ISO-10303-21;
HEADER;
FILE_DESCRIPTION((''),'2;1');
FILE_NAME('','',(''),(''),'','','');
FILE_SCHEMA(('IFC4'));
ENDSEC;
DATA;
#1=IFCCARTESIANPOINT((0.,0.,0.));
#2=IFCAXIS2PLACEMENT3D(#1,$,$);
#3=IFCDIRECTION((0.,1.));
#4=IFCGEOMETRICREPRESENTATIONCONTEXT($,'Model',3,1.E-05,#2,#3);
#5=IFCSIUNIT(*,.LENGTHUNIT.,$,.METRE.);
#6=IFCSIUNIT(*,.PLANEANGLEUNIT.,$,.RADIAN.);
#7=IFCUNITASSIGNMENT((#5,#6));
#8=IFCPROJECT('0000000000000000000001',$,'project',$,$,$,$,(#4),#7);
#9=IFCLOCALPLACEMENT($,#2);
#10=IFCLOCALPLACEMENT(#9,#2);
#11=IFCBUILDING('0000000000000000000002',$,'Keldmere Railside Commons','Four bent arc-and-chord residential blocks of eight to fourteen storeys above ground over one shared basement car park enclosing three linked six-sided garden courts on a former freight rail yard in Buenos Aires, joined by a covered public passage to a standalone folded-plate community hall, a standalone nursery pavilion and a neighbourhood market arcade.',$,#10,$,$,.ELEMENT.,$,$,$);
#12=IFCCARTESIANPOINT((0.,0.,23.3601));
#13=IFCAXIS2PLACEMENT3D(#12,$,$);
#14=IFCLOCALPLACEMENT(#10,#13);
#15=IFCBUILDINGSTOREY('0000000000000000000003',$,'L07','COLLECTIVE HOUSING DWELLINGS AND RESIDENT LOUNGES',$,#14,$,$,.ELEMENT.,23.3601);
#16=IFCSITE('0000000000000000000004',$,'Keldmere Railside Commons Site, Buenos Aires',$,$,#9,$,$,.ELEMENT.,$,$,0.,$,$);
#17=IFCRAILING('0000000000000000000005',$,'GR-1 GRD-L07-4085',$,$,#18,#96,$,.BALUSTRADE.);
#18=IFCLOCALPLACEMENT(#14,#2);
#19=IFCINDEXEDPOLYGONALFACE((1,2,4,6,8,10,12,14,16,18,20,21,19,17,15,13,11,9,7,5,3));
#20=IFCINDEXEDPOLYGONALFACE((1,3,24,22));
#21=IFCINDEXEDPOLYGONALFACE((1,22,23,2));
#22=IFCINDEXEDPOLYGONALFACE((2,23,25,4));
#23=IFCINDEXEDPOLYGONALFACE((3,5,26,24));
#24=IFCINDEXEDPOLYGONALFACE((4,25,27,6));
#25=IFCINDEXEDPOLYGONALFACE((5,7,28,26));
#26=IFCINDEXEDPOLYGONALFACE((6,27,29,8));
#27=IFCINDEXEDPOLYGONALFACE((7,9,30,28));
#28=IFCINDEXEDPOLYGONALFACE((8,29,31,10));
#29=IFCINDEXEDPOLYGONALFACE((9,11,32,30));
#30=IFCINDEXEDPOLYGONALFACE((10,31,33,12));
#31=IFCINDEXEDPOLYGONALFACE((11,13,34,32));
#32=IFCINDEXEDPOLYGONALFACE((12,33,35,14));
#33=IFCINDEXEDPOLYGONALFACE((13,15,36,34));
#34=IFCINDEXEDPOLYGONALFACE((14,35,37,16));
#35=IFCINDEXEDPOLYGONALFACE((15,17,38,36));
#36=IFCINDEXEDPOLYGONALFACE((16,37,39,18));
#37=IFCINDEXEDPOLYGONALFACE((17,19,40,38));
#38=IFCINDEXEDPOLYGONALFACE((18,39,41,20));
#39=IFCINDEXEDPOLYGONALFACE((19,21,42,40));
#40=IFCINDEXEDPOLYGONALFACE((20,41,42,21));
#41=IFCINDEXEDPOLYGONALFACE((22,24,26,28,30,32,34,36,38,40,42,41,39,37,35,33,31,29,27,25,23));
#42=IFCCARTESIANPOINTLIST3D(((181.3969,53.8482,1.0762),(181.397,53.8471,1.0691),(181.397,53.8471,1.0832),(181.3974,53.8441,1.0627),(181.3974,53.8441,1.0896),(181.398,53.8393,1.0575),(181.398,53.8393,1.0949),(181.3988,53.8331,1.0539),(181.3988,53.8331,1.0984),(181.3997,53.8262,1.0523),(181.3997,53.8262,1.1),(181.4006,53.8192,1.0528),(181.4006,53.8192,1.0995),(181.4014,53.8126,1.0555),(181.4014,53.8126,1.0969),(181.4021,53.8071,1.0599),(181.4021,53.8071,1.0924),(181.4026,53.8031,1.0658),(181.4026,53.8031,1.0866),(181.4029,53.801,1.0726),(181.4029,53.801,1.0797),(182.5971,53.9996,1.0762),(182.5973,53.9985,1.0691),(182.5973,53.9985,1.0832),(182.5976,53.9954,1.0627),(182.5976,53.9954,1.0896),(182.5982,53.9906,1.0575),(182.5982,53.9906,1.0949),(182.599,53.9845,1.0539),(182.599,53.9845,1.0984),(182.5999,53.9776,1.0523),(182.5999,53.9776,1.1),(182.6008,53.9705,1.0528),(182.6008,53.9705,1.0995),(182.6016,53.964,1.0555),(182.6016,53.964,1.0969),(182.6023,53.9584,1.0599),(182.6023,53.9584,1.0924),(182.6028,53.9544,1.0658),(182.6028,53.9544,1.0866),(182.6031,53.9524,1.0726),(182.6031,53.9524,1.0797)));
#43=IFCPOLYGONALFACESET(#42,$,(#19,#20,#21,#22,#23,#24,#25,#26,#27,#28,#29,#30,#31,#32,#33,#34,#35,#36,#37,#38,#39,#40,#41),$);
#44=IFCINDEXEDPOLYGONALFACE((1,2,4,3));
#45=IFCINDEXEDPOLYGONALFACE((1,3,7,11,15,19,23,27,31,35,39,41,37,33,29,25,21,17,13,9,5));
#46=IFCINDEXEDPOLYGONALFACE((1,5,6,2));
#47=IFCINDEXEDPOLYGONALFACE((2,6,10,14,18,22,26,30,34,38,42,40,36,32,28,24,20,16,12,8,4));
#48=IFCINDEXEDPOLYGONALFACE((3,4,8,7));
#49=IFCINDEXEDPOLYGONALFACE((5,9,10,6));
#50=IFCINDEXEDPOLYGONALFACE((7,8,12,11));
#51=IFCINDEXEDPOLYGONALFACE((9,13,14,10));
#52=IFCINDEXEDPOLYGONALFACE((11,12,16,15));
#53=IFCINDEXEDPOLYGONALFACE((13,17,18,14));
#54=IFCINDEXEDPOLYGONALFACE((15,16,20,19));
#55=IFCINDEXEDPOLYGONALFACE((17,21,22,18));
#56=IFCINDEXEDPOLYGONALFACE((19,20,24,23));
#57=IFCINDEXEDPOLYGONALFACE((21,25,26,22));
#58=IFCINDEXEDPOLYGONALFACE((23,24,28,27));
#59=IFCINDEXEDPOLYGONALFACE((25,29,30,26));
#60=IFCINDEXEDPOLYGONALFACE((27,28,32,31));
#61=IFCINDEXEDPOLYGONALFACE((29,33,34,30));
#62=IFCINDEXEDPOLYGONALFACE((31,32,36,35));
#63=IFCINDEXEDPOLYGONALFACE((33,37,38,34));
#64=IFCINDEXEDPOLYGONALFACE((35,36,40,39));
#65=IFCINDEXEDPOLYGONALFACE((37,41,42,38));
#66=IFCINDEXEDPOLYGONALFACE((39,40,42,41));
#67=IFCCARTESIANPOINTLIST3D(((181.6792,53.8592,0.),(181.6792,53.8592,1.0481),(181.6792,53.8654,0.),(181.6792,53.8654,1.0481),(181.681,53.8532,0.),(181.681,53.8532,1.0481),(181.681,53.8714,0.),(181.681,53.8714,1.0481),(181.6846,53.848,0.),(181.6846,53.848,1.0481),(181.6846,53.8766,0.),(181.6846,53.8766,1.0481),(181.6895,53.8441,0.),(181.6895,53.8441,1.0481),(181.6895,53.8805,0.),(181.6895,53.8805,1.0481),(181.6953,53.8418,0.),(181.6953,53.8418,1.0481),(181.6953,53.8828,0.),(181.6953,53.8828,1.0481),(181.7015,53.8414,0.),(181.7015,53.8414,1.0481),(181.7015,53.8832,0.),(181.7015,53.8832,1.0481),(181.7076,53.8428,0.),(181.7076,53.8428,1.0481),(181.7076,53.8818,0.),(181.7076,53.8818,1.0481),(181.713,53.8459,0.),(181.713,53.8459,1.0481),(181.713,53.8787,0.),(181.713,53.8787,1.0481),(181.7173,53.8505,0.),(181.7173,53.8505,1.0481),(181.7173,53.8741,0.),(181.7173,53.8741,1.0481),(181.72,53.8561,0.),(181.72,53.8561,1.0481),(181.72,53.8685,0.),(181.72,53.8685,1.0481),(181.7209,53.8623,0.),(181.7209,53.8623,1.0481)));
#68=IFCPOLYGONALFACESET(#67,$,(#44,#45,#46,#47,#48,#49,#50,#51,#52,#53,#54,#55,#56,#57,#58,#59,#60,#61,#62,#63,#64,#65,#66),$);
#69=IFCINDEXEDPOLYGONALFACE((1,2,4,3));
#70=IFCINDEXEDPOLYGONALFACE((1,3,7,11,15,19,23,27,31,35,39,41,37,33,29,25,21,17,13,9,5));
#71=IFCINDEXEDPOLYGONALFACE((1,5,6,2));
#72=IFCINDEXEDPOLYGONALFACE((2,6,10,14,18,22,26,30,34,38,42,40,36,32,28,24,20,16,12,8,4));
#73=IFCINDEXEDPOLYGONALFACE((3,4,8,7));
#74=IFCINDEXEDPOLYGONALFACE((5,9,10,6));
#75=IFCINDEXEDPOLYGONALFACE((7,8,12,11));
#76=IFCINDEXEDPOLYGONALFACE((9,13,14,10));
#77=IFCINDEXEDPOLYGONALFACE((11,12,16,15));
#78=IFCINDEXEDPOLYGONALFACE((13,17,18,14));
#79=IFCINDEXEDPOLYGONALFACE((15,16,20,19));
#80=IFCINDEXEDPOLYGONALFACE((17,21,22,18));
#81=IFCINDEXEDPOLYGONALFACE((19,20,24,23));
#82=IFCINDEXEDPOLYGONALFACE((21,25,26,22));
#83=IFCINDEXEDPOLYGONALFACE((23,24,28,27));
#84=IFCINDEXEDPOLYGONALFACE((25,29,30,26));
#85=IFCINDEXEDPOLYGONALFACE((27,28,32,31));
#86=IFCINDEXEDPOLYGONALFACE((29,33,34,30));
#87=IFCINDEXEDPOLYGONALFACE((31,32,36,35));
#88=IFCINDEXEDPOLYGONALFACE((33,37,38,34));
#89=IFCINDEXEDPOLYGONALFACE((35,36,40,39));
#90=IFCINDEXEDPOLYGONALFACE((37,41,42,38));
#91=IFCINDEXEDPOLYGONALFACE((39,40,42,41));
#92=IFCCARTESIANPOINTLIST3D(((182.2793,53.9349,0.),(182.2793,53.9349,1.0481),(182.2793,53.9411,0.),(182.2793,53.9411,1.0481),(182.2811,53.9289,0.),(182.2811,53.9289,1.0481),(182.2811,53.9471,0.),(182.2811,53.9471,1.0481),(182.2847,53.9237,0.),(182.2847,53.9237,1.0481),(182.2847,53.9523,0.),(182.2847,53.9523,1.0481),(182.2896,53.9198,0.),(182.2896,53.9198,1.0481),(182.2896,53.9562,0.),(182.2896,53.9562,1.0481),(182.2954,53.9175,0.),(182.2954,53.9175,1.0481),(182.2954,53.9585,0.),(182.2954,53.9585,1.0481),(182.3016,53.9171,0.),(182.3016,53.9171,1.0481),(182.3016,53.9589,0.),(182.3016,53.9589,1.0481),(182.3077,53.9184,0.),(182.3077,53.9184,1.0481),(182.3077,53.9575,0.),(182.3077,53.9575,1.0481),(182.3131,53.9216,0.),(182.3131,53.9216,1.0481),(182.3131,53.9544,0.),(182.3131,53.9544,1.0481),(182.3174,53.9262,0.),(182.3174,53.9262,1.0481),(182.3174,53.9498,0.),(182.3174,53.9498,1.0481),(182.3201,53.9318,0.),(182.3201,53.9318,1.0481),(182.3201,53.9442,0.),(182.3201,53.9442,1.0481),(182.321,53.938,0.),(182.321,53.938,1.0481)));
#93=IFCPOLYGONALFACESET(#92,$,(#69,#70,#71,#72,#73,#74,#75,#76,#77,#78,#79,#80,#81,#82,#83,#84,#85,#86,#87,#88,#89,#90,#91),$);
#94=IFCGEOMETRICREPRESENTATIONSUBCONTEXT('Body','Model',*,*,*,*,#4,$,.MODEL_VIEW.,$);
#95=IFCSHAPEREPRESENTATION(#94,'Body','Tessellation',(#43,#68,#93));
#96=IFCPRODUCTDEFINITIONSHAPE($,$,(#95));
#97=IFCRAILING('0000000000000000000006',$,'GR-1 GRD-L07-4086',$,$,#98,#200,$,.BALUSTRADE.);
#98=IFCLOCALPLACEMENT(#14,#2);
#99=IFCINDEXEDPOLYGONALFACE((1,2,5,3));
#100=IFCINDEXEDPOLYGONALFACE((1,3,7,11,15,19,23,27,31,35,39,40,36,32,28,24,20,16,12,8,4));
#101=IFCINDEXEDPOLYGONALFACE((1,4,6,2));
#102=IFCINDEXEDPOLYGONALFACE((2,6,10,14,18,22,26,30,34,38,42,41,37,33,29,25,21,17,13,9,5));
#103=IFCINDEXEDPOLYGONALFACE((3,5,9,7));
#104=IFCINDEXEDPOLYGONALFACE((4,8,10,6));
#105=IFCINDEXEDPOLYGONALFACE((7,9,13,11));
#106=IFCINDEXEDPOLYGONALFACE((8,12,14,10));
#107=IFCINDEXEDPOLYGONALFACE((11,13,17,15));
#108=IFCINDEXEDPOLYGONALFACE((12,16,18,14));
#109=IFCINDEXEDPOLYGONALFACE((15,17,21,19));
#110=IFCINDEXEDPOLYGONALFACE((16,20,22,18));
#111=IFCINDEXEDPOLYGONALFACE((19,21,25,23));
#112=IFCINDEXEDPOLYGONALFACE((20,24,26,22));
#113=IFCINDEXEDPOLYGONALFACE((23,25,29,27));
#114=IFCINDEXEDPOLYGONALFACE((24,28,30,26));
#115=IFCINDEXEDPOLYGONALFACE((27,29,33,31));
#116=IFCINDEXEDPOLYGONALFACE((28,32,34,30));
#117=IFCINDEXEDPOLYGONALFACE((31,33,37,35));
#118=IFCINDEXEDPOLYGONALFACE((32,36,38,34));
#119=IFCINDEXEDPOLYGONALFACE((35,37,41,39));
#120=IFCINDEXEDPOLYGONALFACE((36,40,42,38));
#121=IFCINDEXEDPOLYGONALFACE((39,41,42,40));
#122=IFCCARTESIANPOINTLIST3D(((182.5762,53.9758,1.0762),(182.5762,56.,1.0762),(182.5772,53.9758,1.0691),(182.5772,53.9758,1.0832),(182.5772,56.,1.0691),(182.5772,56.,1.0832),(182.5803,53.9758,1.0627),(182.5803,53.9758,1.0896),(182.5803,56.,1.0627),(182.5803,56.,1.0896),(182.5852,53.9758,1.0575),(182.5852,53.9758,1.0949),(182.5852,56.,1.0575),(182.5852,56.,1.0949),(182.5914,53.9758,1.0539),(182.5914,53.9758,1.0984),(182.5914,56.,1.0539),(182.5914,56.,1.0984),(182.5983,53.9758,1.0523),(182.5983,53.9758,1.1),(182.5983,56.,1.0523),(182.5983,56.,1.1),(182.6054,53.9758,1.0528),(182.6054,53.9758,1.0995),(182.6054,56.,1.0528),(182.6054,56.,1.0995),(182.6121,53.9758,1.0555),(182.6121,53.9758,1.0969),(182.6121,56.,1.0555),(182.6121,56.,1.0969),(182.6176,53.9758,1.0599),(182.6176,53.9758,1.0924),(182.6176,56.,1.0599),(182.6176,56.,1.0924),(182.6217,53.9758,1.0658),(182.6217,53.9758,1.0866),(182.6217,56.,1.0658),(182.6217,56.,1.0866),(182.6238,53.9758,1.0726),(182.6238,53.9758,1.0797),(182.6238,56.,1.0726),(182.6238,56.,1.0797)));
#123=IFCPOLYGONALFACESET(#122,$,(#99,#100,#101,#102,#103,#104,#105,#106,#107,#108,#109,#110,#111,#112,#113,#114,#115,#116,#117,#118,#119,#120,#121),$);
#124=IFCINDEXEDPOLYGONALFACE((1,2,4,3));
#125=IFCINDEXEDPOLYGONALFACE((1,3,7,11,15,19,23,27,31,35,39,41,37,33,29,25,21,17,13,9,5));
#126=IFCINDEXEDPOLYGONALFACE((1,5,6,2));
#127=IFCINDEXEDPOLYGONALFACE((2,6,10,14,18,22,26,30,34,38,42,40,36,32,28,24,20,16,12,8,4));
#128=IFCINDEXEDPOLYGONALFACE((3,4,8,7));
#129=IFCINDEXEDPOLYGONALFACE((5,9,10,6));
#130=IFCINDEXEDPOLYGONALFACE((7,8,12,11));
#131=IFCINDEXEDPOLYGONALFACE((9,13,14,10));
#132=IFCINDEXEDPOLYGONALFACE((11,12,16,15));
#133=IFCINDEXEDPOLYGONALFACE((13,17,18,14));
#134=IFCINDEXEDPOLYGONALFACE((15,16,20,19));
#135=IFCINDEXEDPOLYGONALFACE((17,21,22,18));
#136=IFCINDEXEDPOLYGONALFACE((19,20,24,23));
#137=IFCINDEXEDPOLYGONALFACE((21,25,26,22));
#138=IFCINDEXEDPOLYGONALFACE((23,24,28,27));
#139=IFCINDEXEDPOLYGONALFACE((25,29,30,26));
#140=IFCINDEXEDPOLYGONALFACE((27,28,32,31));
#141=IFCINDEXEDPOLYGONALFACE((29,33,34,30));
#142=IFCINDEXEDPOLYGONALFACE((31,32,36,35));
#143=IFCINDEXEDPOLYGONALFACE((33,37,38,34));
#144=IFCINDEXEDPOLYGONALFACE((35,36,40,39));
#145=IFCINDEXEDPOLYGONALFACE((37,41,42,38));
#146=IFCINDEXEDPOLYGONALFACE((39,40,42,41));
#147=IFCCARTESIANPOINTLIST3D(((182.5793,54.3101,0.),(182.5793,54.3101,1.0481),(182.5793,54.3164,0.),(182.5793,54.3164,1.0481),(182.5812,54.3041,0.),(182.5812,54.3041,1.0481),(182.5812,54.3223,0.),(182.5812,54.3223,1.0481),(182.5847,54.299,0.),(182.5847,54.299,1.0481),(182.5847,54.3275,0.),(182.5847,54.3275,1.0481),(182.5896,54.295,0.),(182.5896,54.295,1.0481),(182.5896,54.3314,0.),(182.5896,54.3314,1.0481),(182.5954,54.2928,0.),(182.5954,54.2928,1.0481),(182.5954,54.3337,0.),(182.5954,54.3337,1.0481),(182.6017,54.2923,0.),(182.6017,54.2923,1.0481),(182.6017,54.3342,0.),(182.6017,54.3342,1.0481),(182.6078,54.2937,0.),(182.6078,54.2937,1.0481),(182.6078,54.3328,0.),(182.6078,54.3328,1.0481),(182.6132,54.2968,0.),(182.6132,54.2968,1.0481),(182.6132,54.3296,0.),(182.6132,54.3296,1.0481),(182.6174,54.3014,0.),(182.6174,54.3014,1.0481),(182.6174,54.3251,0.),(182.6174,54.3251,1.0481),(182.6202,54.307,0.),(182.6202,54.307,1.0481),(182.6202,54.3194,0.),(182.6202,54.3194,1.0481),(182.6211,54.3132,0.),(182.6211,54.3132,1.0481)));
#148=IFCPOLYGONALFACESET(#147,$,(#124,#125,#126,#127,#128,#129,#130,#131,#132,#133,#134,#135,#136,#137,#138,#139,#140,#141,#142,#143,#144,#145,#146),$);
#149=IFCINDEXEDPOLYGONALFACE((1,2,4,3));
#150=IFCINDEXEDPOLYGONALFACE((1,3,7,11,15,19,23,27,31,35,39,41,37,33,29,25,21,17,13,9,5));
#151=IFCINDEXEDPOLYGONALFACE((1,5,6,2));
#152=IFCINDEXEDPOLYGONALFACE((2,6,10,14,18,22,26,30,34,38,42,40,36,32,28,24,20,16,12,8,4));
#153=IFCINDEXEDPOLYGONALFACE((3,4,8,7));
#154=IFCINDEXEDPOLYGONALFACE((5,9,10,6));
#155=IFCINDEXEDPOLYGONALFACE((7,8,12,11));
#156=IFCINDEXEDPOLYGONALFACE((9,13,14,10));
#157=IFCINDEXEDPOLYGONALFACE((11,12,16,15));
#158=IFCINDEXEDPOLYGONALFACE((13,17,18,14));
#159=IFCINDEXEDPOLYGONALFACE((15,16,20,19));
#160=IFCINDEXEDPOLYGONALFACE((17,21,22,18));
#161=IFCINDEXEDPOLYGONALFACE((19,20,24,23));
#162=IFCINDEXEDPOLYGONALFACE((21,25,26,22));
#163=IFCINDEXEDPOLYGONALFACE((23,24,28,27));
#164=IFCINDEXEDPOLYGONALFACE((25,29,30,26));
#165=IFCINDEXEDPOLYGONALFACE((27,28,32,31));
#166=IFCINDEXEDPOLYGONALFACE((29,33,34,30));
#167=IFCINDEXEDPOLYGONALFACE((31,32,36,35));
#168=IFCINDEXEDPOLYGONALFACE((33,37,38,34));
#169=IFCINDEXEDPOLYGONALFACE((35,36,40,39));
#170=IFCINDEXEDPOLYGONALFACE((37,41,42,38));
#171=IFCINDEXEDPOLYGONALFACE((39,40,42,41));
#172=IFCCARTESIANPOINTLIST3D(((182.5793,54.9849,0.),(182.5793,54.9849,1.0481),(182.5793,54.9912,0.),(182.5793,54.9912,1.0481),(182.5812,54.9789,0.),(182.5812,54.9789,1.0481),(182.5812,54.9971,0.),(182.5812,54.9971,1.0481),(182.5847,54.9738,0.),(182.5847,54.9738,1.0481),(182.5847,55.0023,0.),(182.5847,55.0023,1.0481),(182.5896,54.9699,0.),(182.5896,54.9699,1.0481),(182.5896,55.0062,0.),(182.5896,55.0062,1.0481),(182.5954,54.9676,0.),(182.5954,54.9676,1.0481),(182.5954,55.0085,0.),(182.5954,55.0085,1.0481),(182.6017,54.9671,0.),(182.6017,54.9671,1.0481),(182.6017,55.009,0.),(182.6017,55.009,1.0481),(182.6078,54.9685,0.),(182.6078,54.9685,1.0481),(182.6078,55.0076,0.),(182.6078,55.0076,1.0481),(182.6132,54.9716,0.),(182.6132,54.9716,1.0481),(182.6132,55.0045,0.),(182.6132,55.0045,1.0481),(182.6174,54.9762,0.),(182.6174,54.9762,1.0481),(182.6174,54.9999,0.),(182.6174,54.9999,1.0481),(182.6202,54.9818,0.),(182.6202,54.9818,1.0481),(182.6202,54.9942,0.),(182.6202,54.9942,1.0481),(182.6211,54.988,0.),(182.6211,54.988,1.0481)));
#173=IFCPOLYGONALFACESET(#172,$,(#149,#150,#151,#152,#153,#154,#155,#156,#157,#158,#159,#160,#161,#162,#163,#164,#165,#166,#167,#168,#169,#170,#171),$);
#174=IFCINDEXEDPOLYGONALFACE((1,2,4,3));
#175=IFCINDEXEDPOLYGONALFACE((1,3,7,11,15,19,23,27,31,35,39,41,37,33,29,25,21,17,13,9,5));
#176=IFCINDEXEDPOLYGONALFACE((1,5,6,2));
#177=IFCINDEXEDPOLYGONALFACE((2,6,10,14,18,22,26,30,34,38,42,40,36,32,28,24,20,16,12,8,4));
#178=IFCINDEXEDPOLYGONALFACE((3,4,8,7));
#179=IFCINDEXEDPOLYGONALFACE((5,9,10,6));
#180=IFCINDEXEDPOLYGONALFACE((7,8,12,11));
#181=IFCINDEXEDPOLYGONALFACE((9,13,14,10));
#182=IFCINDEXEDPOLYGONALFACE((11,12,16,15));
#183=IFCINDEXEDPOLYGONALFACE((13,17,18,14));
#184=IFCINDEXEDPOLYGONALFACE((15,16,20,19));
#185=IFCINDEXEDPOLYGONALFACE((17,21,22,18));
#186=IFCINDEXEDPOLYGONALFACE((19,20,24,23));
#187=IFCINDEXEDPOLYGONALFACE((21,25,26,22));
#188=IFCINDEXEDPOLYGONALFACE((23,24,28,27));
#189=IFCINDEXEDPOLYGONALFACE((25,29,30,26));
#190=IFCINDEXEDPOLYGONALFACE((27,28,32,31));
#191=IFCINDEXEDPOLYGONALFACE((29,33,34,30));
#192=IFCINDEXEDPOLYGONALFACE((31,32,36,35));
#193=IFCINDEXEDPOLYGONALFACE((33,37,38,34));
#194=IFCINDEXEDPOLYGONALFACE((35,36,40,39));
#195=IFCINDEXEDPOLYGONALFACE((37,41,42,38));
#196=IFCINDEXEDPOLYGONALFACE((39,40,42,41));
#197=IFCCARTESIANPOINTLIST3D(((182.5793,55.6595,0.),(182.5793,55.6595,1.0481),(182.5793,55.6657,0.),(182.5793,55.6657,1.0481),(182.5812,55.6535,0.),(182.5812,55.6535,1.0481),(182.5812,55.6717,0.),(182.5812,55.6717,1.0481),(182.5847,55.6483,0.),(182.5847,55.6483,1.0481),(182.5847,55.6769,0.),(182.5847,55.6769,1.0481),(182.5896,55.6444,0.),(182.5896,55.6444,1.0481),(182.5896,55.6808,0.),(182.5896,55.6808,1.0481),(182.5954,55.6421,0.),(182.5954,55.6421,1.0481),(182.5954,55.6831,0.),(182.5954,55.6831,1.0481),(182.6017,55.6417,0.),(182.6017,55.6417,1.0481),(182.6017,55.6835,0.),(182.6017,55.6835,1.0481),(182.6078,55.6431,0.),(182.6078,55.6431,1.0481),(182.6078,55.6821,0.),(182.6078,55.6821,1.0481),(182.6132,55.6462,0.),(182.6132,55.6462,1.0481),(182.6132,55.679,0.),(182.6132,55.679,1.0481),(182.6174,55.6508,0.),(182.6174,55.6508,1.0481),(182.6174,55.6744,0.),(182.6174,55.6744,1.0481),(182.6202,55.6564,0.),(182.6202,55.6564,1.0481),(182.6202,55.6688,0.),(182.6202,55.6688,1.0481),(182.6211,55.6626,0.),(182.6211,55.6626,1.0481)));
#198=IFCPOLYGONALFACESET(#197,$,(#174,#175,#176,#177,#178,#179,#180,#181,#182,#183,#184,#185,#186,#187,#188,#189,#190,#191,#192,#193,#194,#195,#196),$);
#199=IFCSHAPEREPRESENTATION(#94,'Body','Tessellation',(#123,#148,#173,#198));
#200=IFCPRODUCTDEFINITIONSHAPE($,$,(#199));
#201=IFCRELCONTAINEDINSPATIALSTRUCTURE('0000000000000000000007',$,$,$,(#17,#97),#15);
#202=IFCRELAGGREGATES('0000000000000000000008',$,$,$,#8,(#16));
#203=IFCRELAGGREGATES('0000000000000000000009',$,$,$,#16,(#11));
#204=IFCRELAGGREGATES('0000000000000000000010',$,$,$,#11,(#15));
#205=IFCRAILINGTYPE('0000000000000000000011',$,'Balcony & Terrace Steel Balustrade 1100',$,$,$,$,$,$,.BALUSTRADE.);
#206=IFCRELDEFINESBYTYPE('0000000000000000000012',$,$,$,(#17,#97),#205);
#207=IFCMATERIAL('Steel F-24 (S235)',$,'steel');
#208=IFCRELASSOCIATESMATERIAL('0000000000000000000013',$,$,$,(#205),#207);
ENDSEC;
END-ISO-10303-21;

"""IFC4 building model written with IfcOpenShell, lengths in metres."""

from ifc_helpers import new_model, si_unit, direction, frame, origin, origin_2d, place, context, subcontext, project, spatial, circle, extrude, material, type_object, element, save


model = new_model("IFC4")

# Units and contexts
model_context = context("Model", 3, precision=1e-05, world=origin(), true_north=direction((0.0, 1.0)))
body_context = subcontext(model_context, "Body", "Model", "MODEL_VIEW")
ifc_project = project(units=[si_unit("LENGTHUNIT", "METRE"), si_unit("PLANEANGLEUNIT", "RADIAN")], contexts=[model_context])

# Site, building, storey
site_placement = place(None, origin())
site = spatial("IfcSite", under=ifc_project, at=site_placement, Name="Keldmere Railside Commons Site, Buenos Aires", CompositionType="ELEMENT", RefElevation=0.0)
building_placement = place(site_placement, origin())
building = spatial("IfcBuilding", under=site, at=building_placement, Name="Keldmere Railside Commons", Description="Four bent arc-and-chord residential blocks of eight to fourteen storeys above ground over one shared basement car park enclosing three linked six-sided garden courts on a former freight rail yard in Buenos Aires, joined by a covered public passage to a standalone folded-plate community hall, a standalone nursery pavilion and a neighbourhood market arcade.", CompositionType="ELEMENT")
storey_placement = place(building_placement, frame((0.0, 0.0, 23.3601)))
storey = spatial("IfcBuildingStorey", under=building, at=storey_placement, Name="L07", Description="COLLECTIVE HOUSING DWELLINGS AND RESIDENT LOUNGES", CompositionType="ELEMENT", Elevation=23.3601)

# Shared definitions
ifc_material_1 = material(Name="Steel F-24 (S235)", Category="steel")

# Railings
railing_type = type_object("IfcRailingType", Name="Balcony & Terrace Steel Balustrade 1100", PredefinedType="BALUSTRADE", material=ifc_material_1)
railing_1_placement = place(storey_placement, frame((181.3999, 53.8245, 0.0)))
element("IfcRailing", 1, at=railing_1_placement, inside=storey, type_object=railing_type, Name="GR-1 GRD-L07-4085", PredefinedType="BALUSTRADE", context=body_context, shape_type="SweptSolid", body=[
    extrude(circle(Radius=0.0239, at=origin_2d()), frame((0.0, 0.0, 1.0762), z_axis=(0.992141, 0.125128, 0.0), x_axis=(-0.125128, 0.992141, 0.0)), (0.0, 0.0, 1.0), 1.2097),
    extrude(circle(Radius=0.021, at=origin_2d()), frame((0.3, 0.0378, 0.0)), (0.0, 0.0, 1.0), 1.0481),
    extrude(circle(Radius=0.021, at=origin_2d()), frame((0.9001, 0.1135, 0.0)), (0.0, 0.0, 1.0), 1.0481),
])
railing_2_placement = place(storey_placement, frame((182.6001, 53.9758, 0.0)))
element("IfcRailing", 2, at=railing_2_placement, inside=storey, type_object=railing_type, Name="GR-1 GRD-L07-4086", PredefinedType="BALUSTRADE", context=body_context, shape_type="SweptSolid", body=[
    extrude(circle(Radius=0.0239, at=origin_2d()), frame((0.0, 0.0, 1.0762), z_axis=(0.0, 1.0, 0.0), x_axis=(-1.0, 0.0, 0.0)), (0.0, 0.0, 1.0), 2.0242),
    extrude(circle(Radius=0.021, at=origin_2d()), frame((0.0, 0.3374, 0.0)), (0.0, 0.0, 1.0), 1.0481),
    extrude(circle(Radius=0.021, at=origin_2d()), frame((0.0, 1.0122, 0.0)), (0.0, 0.0, 1.0), 1.0481),
    extrude(circle(Radius=0.021, at=origin_2d()), frame((0.0, 1.6868, 0.0)), (0.0, 0.0, 1.0), 1.0481),
])

save(model, "model.ifc")
